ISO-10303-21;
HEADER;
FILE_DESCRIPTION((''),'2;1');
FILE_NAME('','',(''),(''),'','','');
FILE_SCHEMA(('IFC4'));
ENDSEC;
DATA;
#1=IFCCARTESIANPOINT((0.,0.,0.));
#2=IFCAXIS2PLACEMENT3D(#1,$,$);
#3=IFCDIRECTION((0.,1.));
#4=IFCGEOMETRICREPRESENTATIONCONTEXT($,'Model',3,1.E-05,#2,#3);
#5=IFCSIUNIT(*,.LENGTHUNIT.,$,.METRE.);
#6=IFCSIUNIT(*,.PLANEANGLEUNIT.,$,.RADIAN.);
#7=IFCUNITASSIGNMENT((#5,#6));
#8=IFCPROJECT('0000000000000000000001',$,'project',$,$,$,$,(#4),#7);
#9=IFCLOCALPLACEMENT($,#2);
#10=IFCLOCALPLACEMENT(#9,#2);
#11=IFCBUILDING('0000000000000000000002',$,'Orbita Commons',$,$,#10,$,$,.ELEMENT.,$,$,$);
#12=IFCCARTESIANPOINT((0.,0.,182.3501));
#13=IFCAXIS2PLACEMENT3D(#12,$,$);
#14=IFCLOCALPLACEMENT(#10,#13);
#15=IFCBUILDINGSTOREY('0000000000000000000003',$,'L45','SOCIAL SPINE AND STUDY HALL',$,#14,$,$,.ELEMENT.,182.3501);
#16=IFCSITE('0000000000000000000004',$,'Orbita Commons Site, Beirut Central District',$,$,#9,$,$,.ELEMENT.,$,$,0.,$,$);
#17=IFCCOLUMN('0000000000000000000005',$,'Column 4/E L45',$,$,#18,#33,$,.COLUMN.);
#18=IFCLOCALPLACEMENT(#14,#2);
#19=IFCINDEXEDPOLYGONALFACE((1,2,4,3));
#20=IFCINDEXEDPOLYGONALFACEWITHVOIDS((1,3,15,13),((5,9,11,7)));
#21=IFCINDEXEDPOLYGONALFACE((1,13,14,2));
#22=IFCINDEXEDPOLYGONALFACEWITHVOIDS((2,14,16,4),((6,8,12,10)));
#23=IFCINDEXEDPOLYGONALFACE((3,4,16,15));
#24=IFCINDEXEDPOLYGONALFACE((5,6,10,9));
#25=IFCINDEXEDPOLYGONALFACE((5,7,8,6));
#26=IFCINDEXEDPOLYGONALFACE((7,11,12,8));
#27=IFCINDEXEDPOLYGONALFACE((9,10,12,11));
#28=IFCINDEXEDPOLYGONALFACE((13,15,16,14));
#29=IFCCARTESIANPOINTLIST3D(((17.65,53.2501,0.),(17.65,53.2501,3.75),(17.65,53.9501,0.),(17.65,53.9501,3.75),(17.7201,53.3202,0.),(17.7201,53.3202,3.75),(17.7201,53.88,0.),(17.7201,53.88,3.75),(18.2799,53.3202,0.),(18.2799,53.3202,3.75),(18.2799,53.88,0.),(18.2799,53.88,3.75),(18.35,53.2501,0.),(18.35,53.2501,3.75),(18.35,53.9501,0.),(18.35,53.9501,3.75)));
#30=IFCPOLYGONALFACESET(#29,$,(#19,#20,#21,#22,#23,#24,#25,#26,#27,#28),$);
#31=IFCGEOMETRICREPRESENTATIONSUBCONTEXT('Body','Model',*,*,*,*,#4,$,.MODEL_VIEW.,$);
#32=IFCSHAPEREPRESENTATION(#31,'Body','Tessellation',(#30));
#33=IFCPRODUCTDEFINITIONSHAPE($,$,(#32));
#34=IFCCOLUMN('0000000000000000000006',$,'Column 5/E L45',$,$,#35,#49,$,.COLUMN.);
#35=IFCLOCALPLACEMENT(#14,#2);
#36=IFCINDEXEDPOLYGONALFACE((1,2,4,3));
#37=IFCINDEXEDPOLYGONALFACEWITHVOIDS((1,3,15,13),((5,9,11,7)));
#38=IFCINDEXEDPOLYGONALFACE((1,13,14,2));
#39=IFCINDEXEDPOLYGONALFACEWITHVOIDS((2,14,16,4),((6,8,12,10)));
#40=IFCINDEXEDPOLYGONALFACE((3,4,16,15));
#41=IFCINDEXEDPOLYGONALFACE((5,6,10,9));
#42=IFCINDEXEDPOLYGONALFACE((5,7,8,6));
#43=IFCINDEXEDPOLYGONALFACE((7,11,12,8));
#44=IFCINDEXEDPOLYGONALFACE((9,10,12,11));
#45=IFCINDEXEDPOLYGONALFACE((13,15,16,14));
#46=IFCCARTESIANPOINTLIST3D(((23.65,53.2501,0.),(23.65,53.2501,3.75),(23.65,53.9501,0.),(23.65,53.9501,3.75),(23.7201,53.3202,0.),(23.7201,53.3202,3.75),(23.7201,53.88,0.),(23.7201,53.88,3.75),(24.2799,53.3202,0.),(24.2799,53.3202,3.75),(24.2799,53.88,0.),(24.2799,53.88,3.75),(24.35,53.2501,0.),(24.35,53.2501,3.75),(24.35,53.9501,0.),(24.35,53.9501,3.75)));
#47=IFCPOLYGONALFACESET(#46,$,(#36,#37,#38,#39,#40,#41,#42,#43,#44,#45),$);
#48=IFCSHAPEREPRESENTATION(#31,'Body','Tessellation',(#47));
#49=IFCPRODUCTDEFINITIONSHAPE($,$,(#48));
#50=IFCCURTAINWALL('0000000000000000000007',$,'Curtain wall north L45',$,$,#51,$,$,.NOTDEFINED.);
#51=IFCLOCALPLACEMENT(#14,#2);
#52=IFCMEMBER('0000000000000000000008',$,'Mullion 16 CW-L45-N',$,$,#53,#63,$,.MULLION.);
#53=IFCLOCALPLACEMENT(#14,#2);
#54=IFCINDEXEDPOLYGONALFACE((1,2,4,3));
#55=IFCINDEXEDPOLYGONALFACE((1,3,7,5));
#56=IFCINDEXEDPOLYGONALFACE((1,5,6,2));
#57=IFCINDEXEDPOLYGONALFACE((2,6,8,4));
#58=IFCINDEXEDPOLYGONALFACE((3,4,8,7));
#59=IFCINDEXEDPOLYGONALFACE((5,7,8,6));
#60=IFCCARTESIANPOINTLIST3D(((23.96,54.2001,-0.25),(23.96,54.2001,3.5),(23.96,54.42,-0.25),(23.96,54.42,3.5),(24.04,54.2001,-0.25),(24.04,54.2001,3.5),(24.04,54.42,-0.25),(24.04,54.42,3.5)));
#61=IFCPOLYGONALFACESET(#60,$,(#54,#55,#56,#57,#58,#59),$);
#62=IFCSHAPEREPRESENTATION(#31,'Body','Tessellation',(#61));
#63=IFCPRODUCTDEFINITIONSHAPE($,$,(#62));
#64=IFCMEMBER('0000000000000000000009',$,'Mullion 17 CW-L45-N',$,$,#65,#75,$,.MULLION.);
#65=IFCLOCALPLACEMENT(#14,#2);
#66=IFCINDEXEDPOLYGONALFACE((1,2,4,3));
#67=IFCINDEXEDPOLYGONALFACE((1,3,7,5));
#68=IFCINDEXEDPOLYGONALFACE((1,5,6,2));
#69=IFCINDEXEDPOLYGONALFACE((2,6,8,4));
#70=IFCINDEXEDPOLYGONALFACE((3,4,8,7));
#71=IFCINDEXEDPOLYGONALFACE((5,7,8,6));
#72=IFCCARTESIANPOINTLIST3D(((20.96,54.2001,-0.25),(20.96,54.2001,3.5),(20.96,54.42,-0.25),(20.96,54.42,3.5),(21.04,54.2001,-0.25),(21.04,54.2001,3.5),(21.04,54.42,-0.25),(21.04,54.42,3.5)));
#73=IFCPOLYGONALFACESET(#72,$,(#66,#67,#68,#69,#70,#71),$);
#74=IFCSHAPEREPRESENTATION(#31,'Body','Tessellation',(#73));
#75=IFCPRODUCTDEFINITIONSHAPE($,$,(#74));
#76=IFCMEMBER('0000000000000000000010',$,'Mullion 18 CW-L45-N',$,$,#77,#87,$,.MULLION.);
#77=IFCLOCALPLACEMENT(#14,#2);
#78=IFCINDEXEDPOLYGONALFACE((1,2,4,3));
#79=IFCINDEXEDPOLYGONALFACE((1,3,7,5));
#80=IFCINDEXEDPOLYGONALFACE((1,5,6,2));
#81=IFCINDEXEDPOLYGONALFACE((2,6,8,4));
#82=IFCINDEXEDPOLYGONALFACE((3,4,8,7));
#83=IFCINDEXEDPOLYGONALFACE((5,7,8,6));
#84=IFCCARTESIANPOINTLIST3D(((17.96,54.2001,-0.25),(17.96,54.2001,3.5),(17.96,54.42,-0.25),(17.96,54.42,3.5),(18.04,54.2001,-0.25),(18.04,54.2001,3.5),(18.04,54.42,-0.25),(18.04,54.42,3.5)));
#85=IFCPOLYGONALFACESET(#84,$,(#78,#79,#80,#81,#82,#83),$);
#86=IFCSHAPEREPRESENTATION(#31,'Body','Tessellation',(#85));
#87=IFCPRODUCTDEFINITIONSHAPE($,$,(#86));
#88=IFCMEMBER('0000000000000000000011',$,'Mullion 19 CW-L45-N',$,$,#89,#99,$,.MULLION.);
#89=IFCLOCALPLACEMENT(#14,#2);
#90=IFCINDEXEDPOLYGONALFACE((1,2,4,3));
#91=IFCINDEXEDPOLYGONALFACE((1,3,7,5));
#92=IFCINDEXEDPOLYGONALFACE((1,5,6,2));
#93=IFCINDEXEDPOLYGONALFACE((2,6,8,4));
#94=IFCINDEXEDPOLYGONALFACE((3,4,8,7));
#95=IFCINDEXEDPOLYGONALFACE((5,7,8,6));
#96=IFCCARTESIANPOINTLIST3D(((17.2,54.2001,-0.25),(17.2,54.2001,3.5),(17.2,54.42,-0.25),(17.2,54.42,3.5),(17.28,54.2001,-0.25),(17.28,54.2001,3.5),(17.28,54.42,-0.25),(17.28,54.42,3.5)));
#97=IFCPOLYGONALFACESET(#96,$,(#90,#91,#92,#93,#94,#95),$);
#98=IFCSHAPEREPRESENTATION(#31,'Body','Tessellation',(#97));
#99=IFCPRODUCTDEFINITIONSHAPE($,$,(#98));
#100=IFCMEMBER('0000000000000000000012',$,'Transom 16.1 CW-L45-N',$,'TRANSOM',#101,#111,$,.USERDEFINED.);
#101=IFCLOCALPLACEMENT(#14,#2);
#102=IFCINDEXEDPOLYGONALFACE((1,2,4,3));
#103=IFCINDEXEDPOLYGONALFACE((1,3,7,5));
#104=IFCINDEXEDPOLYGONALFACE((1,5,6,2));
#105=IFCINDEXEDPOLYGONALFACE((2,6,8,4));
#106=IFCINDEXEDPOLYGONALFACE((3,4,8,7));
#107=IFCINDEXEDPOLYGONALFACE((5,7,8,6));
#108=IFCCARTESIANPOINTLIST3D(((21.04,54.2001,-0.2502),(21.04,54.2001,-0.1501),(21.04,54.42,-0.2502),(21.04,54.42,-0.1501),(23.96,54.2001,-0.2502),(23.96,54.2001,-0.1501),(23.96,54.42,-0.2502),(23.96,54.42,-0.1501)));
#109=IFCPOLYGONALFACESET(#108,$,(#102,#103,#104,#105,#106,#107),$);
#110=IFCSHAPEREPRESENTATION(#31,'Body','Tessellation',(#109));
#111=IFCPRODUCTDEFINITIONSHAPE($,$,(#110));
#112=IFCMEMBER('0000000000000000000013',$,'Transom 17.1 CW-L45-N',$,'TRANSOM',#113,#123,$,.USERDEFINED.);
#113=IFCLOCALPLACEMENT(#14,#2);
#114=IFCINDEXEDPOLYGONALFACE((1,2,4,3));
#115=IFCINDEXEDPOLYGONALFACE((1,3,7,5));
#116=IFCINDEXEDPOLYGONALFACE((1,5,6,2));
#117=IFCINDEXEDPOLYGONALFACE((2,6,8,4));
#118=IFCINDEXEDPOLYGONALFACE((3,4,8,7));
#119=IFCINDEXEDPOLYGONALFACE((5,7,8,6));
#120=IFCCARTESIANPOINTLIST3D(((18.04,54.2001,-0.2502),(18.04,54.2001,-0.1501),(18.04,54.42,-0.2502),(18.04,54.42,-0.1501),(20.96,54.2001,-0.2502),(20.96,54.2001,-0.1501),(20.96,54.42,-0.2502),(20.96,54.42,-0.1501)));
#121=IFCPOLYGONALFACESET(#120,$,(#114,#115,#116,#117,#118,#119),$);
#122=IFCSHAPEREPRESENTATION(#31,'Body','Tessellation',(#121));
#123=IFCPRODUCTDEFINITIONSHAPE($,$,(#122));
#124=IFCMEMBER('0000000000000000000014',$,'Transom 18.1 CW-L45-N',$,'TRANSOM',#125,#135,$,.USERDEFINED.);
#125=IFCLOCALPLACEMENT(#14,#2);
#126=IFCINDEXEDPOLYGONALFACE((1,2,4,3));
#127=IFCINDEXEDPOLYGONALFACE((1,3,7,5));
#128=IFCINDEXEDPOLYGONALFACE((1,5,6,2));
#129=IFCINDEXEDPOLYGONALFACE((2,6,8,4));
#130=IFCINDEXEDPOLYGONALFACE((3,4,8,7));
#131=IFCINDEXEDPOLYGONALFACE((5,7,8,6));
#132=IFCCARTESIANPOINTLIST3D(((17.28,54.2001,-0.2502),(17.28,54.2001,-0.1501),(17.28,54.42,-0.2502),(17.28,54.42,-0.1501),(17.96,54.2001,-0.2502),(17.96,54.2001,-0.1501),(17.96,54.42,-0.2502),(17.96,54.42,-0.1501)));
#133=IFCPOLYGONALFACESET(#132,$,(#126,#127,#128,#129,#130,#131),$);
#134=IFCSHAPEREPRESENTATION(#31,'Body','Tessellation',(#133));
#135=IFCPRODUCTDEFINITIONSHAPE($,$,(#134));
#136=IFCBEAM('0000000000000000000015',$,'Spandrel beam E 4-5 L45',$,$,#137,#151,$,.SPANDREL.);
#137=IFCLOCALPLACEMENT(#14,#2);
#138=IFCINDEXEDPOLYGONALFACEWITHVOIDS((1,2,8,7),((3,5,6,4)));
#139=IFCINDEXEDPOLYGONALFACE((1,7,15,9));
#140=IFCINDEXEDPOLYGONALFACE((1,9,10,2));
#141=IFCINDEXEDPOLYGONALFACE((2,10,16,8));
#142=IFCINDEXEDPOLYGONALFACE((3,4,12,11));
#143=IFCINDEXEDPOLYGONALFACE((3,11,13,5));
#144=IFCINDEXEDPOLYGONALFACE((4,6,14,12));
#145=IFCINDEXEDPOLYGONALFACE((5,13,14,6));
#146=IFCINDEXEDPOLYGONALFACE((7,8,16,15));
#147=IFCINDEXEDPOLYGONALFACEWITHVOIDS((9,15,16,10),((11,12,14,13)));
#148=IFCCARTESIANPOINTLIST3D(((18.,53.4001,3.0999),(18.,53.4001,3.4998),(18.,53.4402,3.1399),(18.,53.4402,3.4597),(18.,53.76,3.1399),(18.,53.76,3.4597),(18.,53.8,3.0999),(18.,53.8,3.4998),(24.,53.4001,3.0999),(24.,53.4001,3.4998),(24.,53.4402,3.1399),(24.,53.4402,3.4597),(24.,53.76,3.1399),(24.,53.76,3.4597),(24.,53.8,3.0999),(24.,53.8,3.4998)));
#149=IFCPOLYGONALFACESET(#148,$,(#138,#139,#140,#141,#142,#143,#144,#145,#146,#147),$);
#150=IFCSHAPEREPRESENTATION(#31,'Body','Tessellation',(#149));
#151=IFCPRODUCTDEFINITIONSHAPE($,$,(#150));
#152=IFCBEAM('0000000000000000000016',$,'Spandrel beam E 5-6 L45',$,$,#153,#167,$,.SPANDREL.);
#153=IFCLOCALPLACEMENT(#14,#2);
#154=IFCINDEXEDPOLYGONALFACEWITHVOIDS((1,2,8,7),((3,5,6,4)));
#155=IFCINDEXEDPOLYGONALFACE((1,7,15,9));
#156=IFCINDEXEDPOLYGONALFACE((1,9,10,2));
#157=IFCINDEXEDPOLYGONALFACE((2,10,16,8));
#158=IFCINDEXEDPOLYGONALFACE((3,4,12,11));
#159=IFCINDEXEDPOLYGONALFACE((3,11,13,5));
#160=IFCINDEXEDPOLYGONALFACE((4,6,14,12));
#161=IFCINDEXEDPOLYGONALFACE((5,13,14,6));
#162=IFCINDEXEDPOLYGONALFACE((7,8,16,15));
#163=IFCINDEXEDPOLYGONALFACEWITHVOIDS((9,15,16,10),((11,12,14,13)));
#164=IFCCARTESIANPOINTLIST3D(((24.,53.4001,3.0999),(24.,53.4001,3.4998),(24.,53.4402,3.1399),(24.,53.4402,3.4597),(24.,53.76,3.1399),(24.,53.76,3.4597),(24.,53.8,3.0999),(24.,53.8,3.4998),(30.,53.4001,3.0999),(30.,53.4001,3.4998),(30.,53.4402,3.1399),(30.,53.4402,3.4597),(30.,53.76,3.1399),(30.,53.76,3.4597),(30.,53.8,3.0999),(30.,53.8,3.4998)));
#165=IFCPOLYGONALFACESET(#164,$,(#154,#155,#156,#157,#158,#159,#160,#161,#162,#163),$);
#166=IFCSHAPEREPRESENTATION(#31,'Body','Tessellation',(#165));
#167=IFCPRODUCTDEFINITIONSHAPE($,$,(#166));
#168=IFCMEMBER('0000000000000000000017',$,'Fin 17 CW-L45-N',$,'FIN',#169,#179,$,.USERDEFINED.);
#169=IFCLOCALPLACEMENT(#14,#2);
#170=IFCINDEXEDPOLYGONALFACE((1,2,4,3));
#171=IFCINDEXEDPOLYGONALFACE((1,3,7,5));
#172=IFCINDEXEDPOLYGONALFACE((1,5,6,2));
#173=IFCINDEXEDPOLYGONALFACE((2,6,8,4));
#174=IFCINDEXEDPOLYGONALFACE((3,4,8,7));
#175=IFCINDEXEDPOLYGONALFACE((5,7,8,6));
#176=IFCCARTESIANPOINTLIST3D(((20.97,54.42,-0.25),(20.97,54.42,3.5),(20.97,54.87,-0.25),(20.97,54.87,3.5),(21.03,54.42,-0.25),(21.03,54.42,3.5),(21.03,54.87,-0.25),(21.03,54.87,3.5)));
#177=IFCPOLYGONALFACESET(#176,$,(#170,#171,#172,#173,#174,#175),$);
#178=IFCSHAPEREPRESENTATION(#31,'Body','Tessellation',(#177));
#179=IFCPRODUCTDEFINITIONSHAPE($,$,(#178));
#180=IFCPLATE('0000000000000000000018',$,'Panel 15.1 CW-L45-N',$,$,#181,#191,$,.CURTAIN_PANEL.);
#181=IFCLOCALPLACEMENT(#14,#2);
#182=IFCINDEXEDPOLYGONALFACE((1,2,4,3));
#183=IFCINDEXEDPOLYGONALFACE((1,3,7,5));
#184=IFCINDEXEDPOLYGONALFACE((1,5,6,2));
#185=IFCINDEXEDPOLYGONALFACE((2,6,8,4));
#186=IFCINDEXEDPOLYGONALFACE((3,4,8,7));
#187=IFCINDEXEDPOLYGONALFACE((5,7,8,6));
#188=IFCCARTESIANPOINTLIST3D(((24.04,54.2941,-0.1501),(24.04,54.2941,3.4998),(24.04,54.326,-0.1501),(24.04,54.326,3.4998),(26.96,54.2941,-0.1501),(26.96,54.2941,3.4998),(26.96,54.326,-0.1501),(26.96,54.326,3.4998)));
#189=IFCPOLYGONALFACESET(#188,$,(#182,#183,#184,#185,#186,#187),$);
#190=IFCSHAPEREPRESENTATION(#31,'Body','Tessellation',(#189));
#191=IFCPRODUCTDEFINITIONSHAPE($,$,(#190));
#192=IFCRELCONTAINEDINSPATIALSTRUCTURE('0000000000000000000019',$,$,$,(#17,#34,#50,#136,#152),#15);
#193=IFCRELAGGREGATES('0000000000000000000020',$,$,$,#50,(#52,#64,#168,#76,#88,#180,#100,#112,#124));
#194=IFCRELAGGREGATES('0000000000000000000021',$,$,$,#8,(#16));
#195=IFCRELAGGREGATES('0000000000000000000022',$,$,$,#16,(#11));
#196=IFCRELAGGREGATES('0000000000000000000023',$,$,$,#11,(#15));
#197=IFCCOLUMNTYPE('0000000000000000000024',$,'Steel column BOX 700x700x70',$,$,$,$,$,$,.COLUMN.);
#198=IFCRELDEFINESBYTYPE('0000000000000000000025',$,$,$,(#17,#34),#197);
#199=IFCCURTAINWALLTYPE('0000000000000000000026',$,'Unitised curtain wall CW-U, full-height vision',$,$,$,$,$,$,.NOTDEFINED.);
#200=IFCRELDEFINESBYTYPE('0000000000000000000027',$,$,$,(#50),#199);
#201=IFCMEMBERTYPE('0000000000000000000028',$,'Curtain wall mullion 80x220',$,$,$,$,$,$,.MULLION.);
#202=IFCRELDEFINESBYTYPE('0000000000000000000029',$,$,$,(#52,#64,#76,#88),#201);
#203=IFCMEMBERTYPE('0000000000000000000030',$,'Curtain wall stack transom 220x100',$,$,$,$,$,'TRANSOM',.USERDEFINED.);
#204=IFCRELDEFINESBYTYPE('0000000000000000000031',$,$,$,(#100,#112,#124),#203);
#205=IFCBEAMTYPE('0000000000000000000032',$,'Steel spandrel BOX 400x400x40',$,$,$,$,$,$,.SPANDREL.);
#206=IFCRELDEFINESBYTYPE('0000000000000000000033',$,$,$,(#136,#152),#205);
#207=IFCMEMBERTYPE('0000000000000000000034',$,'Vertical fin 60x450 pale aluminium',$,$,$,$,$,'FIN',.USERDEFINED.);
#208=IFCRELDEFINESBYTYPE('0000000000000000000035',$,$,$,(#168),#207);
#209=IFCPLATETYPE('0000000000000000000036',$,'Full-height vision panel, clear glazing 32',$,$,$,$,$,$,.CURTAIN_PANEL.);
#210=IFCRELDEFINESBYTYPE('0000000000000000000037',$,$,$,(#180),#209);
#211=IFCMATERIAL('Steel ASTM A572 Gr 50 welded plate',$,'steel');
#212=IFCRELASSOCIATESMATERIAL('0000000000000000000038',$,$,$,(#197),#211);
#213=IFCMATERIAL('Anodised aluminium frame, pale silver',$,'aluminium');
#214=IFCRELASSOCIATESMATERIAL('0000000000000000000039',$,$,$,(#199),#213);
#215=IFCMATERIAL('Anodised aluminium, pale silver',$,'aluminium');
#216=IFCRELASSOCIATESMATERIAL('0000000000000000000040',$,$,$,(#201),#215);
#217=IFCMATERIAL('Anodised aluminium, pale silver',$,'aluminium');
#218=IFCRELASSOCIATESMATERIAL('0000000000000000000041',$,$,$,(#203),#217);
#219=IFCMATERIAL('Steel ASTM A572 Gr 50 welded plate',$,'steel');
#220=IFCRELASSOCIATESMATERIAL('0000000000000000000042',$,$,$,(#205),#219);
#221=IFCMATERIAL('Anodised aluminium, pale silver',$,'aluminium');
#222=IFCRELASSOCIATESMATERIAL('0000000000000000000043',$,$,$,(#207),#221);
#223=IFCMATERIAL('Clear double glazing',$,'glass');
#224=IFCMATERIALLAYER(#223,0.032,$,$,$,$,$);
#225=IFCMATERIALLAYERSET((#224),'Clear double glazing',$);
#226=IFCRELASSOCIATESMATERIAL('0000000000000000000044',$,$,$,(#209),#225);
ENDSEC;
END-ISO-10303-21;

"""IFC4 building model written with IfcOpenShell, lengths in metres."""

from ifc_helpers import new_model, si_unit, direction, frame, origin, origin_2d, place, context, subcontext, project, spatial, rectangle, hollow_rectangle, extrude, material, layer, layer_set, material_profile, profile_set, type_object, element, aggregate, save


model = new_model("IFC4")

# Units and contexts
model_context = context("Model", 3, precision=1e-05, world=origin(), true_north=direction((0.0, 1.0)))
body_context = subcontext(model_context, "Body", "Model", "MODEL_VIEW")
ifc_project = project(units=[si_unit("LENGTHUNIT", "METRE"), si_unit("PLANEANGLEUNIT", "RADIAN")], contexts=[model_context])

# Site, building, storey
site_placement = place(None, origin())
site = spatial("IfcSite", under=ifc_project, at=site_placement, Name="Orbita Commons Site, Beirut Central District", CompositionType="ELEMENT", RefElevation=0.0)
building_placement = place(site_placement, origin())
building = spatial("IfcBuilding", under=site, at=building_placement, Name="Orbita Commons", CompositionType="ELEMENT")
storey_placement = place(building_placement, frame((0.0, 0.0, 182.3501)))
storey = spatial("IfcBuildingStorey", under=building, at=storey_placement, Name="L45", Description="SOCIAL SPINE AND STUDY HALL", CompositionType="ELEMENT", Elevation=182.3501)

# Columns
ifc_material_1 = material(Name="Steel ASTM A572 Gr 50 welded plate", Category="steel")
ifc_material_profile_1 = material_profile(ifc_material_1, hollow_rectangle(XDim=0.7, YDim=0.7, WallThickness=0.0701, at=origin_2d()), Name="BOX 700x700x70")
ifc_profile_set_1 = profile_set([ifc_material_profile_1], Name="Steel ASTM A572 Gr 50 welded plate")
column_type = type_object("IfcColumnType", Name="Steel column BOX 700x700x70", PredefinedType="COLUMN", material=ifc_profile_set_1)
for number, where, z_axis, x_axis, name in (
    (1, (18.0, 53.6001, 0.0), (0.0, 0.0, 1.0), (1.0, 0.0, 0.0), "Column 4/E L45"),
    (2, (24.0, 53.6001, 0.0), (0.0, 0.0, 1.0), (1.0, 0.0, 0.0), "Column 5/E L45"),
):
    element("IfcColumn", number, at=place(storey_placement, frame(where, z_axis=z_axis, x_axis=x_axis)), inside=storey, type_object=column_type, Name=name, PredefinedType="COLUMN", context=body_context, shape_type="SweptSolid", body=[
        extrude(hollow_rectangle(XDim=0.7, YDim=0.7, WallThickness=0.0701, at=origin_2d()), origin(), (0.0, 0.0, 1.0), 3.75),
    ])

# Curtain wall, members
ifc_material_2 = material(Name="Anodised aluminium frame, pale silver", Category="aluminium")
curtain_wall_type = type_object("IfcCurtainWallType", Name="Unitised curtain wall CW-U, full-height vision", PredefinedType="NOTDEFINED", material=ifc_material_2)
curtain_wall_placement = place(storey_placement, origin())
curtain_wall = element("IfcCurtainWall", 3, at=curtain_wall_placement, inside=storey, type_object=curtain_wall_type, Name="Curtain wall north L45", PredefinedType="NOTDEFINED")
ifc_material_3 = material(Name="Anodised aluminium, pale silver", Category="aluminium")
ifc_material_profile_2 = material_profile(ifc_material_3, rectangle(XDim=0.0801, YDim=0.22, at=origin_2d()), Name="AL 80x220")
ifc_profile_set_2 = profile_set([ifc_material_profile_2], Name="Anodised aluminium, pale silver")
member_type_1 = type_object("IfcMemberType", Name="Curtain wall mullion 80x220", PredefinedType="MULLION", material=ifc_profile_set_2)
member_1_placement = place(storey_placement, frame((24.0, 54.3101, -0.25), z_axis=(0.0, 0.0, 1.0), x_axis=(-1.0, 0.0, 0.0)))
member_1 = element("IfcMember", 4, at=member_1_placement, type_object=member_type_1, Name="Mullion 16 CW-L45-N", PredefinedType="MULLION", context=body_context, shape_type="SweptSolid", body=[
    extrude(rectangle(XDim=0.0801, YDim=0.22, at=origin_2d()), origin(), (0.0, 0.0, 1.0), 3.75),
])
member_2_placement = place(storey_placement, frame((21.0, 54.3101, -0.25), z_axis=(0.0, 0.0, 1.0), x_axis=(-1.0, 0.0, 0.0)))
member_2 = element("IfcMember", 5, at=member_2_placement, type_object=member_type_1, Name="Mullion 17 CW-L45-N", PredefinedType="MULLION", context=body_context, shape_type="SweptSolid", body=[
    extrude(rectangle(XDim=0.0801, YDim=0.22, at=origin_2d()), origin(), (0.0, 0.0, 1.0), 3.75),
])
member_3_placement = place(storey_placement, frame((18.0, 54.3101, -0.25), z_axis=(0.0, 0.0, 1.0), x_axis=(-1.0, 0.0, 0.0)))
member_3 = element("IfcMember", 6, at=member_3_placement, type_object=member_type_1, Name="Mullion 18 CW-L45-N", PredefinedType="MULLION", context=body_context, shape_type="SweptSolid", body=[
    extrude(rectangle(XDim=0.0801, YDim=0.22, at=origin_2d()), origin(), (0.0, 0.0, 1.0), 3.75),
])
member_4_placement = place(storey_placement, frame((17.24, 54.3101, -0.25), z_axis=(0.0, 0.0, 1.0), x_axis=(-1.0, 0.0, 0.0)))
member_4 = element("IfcMember", 7, at=member_4_placement, type_object=member_type_1, Name="Mullion 19 CW-L45-N", PredefinedType="MULLION", context=body_context, shape_type="SweptSolid", body=[
    extrude(rectangle(XDim=0.0801, YDim=0.22, at=origin_2d()), origin(), (0.0, 0.0, 1.0), 3.75),
])
ifc_material_4 = material(Name="Anodised aluminium, pale silver", Category="aluminium")
ifc_material_profile_3 = material_profile(ifc_material_4, rectangle(XDim=0.22, YDim=0.1001, at=origin_2d()), Name="AL 220x100")
ifc_profile_set_3 = profile_set([ifc_material_profile_3], Name="Anodised aluminium, pale silver")
member_type_2 = type_object("IfcMemberType", Name="Curtain wall stack transom 220x100", ElementType="TRANSOM", PredefinedType="USERDEFINED", material=ifc_profile_set_3)
member_5_placement = place(storey_placement, frame((23.96, 54.3101, -0.2002), z_axis=(-1.0, 0.0, 0.0), x_axis=(0.0, -1.0, 0.0)))
member_5 = element("IfcMember", 8, at=member_5_placement, type_object=member_type_2, Name="Transom 16.1 CW-L45-N", ObjectType="TRANSOM", PredefinedType="USERDEFINED", context=body_context, shape_type="SweptSolid", body=[
    extrude(rectangle(XDim=0.22, YDim=0.1001, at=origin_2d()), origin(), (0.0, 0.0, 1.0), 2.9199),
])
member_6_placement = place(storey_placement, frame((20.96, 54.3101, -0.2002), z_axis=(-1.0, 0.0, 0.0), x_axis=(0.0, -1.0, 0.0)))
member_6 = element("IfcMember", 9, at=member_6_placement, type_object=member_type_2, Name="Transom 17.1 CW-L45-N", ObjectType="TRANSOM", PredefinedType="USERDEFINED", context=body_context, shape_type="SweptSolid", body=[
    extrude(rectangle(XDim=0.22, YDim=0.1001, at=origin_2d()), origin(), (0.0, 0.0, 1.0), 2.9199),
])
member_7_placement = place(storey_placement, frame((17.96, 54.3101, -0.2002), z_axis=(-1.0, 0.0, 0.0), x_axis=(0.0, -1.0, 0.0)))
member_7 = element("IfcMember", 10, at=member_7_placement, type_object=member_type_2, Name="Transom 18.1 CW-L45-N", ObjectType="TRANSOM", PredefinedType="USERDEFINED", context=body_context, shape_type="SweptSolid", body=[
    extrude(rectangle(XDim=0.22, YDim=0.1001, at=origin_2d()), origin(), (0.0, 0.0, 1.0), 0.6799),
])

# Beams
ifc_material_5 = material(Name="Steel ASTM A572 Gr 50 welded plate", Category="steel")
ifc_material_profile_4 = material_profile(ifc_material_5, hollow_rectangle(XDim=0.3999, YDim=0.3999, WallThickness=0.04, at=origin_2d()), Name="BOX 400x400x40")
ifc_profile_set_4 = profile_set([ifc_material_profile_4], Name="Steel ASTM A572 Gr 50 welded plate")
beam_type = type_object("IfcBeamType", Name="Steel spandrel BOX 400x400x40", PredefinedType="SPANDREL", material=ifc_profile_set_4)
for number, where, z_axis, x_axis, name in (
    (11, (18.0, 53.6001, 3.2998), (1.0, 0.0, 0.0), (0.0, 1.0, 0.0), "Spandrel beam E 4-5 L45"),
    (12, (24.0, 53.6001, 3.2998), (1.0, 0.0, 0.0), (0.0, 1.0, 0.0), "Spandrel beam E 5-6 L45"),
):
    element("IfcBeam", number, at=place(storey_placement, frame(where, z_axis=z_axis, x_axis=x_axis)), inside=storey, type_object=beam_type, Name=name, PredefinedType="SPANDREL", context=body_context, shape_type="SweptSolid", body=[
        extrude(hollow_rectangle(XDim=0.3999, YDim=0.3999, WallThickness=0.04, at=origin_2d()), origin(), (0.0, 0.0, 1.0), 6.0),
    ])

# Member
ifc_material_6 = material(Name="Anodised aluminium, pale silver", Category="aluminium")
ifc_material_profile_5 = material_profile(ifc_material_6, rectangle(XDim=0.0601, YDim=0.45, at=origin_2d()), Name="FIN 60x450")
ifc_profile_set_5 = profile_set([ifc_material_profile_5], Name="Anodised aluminium, pale silver")
member_type_3 = type_object("IfcMemberType", Name="Vertical fin 60x450 pale aluminium", ElementType="FIN", PredefinedType="USERDEFINED", material=ifc_profile_set_5)
member_8_placement = place(storey_placement, frame((21.0, 54.645, -0.25), z_axis=(0.0, 0.0, 1.0), x_axis=(-1.0, 0.0, 0.0)))
member_8 = element("IfcMember", 13, at=member_8_placement, type_object=member_type_3, Name="Fin 17 CW-L45-N", ObjectType="FIN", PredefinedType="USERDEFINED", context=body_context, shape_type="SweptSolid", body=[
    extrude(rectangle(XDim=0.0601, YDim=0.45, at=origin_2d()), origin(), (0.0, 0.0, 1.0), 3.75),
])

# Plate
ifc_material_7 = material(Name="Clear double glazing", Category="glass")
ifc_layer_1 = layer(ifc_material_7, 0.032)
ifc_layer_set_1 = layer_set([ifc_layer_1], Name="Clear double glazing")
plate_type = type_object("IfcPlateType", Name="Full-height vision panel, clear glazing 32", PredefinedType="CURTAIN_PANEL", material=ifc_layer_set_1)
plate_1_placement = place(storey_placement, frame((25.5, 54.3101, -0.1501), z_axis=(0.0, 0.0, 1.0), x_axis=(-1.0, 0.0, 0.0)))
plate_1 = element("IfcPlate", 14, at=plate_1_placement, type_object=plate_type, Name="Panel 15.1 CW-L45-N", PredefinedType="CURTAIN_PANEL", context=body_context, shape_type="SweptSolid", body=[
    extrude(rectangle(XDim=2.9199, YDim=0.032, at=origin_2d()), origin(), (0.0, 0.0, 1.0), 3.6499),
])
aggregate(curtain_wall, [member_1, member_2, member_8, member_3, member_4, plate_1, member_5, member_6, member_7])

save(model, "model.ifc")
